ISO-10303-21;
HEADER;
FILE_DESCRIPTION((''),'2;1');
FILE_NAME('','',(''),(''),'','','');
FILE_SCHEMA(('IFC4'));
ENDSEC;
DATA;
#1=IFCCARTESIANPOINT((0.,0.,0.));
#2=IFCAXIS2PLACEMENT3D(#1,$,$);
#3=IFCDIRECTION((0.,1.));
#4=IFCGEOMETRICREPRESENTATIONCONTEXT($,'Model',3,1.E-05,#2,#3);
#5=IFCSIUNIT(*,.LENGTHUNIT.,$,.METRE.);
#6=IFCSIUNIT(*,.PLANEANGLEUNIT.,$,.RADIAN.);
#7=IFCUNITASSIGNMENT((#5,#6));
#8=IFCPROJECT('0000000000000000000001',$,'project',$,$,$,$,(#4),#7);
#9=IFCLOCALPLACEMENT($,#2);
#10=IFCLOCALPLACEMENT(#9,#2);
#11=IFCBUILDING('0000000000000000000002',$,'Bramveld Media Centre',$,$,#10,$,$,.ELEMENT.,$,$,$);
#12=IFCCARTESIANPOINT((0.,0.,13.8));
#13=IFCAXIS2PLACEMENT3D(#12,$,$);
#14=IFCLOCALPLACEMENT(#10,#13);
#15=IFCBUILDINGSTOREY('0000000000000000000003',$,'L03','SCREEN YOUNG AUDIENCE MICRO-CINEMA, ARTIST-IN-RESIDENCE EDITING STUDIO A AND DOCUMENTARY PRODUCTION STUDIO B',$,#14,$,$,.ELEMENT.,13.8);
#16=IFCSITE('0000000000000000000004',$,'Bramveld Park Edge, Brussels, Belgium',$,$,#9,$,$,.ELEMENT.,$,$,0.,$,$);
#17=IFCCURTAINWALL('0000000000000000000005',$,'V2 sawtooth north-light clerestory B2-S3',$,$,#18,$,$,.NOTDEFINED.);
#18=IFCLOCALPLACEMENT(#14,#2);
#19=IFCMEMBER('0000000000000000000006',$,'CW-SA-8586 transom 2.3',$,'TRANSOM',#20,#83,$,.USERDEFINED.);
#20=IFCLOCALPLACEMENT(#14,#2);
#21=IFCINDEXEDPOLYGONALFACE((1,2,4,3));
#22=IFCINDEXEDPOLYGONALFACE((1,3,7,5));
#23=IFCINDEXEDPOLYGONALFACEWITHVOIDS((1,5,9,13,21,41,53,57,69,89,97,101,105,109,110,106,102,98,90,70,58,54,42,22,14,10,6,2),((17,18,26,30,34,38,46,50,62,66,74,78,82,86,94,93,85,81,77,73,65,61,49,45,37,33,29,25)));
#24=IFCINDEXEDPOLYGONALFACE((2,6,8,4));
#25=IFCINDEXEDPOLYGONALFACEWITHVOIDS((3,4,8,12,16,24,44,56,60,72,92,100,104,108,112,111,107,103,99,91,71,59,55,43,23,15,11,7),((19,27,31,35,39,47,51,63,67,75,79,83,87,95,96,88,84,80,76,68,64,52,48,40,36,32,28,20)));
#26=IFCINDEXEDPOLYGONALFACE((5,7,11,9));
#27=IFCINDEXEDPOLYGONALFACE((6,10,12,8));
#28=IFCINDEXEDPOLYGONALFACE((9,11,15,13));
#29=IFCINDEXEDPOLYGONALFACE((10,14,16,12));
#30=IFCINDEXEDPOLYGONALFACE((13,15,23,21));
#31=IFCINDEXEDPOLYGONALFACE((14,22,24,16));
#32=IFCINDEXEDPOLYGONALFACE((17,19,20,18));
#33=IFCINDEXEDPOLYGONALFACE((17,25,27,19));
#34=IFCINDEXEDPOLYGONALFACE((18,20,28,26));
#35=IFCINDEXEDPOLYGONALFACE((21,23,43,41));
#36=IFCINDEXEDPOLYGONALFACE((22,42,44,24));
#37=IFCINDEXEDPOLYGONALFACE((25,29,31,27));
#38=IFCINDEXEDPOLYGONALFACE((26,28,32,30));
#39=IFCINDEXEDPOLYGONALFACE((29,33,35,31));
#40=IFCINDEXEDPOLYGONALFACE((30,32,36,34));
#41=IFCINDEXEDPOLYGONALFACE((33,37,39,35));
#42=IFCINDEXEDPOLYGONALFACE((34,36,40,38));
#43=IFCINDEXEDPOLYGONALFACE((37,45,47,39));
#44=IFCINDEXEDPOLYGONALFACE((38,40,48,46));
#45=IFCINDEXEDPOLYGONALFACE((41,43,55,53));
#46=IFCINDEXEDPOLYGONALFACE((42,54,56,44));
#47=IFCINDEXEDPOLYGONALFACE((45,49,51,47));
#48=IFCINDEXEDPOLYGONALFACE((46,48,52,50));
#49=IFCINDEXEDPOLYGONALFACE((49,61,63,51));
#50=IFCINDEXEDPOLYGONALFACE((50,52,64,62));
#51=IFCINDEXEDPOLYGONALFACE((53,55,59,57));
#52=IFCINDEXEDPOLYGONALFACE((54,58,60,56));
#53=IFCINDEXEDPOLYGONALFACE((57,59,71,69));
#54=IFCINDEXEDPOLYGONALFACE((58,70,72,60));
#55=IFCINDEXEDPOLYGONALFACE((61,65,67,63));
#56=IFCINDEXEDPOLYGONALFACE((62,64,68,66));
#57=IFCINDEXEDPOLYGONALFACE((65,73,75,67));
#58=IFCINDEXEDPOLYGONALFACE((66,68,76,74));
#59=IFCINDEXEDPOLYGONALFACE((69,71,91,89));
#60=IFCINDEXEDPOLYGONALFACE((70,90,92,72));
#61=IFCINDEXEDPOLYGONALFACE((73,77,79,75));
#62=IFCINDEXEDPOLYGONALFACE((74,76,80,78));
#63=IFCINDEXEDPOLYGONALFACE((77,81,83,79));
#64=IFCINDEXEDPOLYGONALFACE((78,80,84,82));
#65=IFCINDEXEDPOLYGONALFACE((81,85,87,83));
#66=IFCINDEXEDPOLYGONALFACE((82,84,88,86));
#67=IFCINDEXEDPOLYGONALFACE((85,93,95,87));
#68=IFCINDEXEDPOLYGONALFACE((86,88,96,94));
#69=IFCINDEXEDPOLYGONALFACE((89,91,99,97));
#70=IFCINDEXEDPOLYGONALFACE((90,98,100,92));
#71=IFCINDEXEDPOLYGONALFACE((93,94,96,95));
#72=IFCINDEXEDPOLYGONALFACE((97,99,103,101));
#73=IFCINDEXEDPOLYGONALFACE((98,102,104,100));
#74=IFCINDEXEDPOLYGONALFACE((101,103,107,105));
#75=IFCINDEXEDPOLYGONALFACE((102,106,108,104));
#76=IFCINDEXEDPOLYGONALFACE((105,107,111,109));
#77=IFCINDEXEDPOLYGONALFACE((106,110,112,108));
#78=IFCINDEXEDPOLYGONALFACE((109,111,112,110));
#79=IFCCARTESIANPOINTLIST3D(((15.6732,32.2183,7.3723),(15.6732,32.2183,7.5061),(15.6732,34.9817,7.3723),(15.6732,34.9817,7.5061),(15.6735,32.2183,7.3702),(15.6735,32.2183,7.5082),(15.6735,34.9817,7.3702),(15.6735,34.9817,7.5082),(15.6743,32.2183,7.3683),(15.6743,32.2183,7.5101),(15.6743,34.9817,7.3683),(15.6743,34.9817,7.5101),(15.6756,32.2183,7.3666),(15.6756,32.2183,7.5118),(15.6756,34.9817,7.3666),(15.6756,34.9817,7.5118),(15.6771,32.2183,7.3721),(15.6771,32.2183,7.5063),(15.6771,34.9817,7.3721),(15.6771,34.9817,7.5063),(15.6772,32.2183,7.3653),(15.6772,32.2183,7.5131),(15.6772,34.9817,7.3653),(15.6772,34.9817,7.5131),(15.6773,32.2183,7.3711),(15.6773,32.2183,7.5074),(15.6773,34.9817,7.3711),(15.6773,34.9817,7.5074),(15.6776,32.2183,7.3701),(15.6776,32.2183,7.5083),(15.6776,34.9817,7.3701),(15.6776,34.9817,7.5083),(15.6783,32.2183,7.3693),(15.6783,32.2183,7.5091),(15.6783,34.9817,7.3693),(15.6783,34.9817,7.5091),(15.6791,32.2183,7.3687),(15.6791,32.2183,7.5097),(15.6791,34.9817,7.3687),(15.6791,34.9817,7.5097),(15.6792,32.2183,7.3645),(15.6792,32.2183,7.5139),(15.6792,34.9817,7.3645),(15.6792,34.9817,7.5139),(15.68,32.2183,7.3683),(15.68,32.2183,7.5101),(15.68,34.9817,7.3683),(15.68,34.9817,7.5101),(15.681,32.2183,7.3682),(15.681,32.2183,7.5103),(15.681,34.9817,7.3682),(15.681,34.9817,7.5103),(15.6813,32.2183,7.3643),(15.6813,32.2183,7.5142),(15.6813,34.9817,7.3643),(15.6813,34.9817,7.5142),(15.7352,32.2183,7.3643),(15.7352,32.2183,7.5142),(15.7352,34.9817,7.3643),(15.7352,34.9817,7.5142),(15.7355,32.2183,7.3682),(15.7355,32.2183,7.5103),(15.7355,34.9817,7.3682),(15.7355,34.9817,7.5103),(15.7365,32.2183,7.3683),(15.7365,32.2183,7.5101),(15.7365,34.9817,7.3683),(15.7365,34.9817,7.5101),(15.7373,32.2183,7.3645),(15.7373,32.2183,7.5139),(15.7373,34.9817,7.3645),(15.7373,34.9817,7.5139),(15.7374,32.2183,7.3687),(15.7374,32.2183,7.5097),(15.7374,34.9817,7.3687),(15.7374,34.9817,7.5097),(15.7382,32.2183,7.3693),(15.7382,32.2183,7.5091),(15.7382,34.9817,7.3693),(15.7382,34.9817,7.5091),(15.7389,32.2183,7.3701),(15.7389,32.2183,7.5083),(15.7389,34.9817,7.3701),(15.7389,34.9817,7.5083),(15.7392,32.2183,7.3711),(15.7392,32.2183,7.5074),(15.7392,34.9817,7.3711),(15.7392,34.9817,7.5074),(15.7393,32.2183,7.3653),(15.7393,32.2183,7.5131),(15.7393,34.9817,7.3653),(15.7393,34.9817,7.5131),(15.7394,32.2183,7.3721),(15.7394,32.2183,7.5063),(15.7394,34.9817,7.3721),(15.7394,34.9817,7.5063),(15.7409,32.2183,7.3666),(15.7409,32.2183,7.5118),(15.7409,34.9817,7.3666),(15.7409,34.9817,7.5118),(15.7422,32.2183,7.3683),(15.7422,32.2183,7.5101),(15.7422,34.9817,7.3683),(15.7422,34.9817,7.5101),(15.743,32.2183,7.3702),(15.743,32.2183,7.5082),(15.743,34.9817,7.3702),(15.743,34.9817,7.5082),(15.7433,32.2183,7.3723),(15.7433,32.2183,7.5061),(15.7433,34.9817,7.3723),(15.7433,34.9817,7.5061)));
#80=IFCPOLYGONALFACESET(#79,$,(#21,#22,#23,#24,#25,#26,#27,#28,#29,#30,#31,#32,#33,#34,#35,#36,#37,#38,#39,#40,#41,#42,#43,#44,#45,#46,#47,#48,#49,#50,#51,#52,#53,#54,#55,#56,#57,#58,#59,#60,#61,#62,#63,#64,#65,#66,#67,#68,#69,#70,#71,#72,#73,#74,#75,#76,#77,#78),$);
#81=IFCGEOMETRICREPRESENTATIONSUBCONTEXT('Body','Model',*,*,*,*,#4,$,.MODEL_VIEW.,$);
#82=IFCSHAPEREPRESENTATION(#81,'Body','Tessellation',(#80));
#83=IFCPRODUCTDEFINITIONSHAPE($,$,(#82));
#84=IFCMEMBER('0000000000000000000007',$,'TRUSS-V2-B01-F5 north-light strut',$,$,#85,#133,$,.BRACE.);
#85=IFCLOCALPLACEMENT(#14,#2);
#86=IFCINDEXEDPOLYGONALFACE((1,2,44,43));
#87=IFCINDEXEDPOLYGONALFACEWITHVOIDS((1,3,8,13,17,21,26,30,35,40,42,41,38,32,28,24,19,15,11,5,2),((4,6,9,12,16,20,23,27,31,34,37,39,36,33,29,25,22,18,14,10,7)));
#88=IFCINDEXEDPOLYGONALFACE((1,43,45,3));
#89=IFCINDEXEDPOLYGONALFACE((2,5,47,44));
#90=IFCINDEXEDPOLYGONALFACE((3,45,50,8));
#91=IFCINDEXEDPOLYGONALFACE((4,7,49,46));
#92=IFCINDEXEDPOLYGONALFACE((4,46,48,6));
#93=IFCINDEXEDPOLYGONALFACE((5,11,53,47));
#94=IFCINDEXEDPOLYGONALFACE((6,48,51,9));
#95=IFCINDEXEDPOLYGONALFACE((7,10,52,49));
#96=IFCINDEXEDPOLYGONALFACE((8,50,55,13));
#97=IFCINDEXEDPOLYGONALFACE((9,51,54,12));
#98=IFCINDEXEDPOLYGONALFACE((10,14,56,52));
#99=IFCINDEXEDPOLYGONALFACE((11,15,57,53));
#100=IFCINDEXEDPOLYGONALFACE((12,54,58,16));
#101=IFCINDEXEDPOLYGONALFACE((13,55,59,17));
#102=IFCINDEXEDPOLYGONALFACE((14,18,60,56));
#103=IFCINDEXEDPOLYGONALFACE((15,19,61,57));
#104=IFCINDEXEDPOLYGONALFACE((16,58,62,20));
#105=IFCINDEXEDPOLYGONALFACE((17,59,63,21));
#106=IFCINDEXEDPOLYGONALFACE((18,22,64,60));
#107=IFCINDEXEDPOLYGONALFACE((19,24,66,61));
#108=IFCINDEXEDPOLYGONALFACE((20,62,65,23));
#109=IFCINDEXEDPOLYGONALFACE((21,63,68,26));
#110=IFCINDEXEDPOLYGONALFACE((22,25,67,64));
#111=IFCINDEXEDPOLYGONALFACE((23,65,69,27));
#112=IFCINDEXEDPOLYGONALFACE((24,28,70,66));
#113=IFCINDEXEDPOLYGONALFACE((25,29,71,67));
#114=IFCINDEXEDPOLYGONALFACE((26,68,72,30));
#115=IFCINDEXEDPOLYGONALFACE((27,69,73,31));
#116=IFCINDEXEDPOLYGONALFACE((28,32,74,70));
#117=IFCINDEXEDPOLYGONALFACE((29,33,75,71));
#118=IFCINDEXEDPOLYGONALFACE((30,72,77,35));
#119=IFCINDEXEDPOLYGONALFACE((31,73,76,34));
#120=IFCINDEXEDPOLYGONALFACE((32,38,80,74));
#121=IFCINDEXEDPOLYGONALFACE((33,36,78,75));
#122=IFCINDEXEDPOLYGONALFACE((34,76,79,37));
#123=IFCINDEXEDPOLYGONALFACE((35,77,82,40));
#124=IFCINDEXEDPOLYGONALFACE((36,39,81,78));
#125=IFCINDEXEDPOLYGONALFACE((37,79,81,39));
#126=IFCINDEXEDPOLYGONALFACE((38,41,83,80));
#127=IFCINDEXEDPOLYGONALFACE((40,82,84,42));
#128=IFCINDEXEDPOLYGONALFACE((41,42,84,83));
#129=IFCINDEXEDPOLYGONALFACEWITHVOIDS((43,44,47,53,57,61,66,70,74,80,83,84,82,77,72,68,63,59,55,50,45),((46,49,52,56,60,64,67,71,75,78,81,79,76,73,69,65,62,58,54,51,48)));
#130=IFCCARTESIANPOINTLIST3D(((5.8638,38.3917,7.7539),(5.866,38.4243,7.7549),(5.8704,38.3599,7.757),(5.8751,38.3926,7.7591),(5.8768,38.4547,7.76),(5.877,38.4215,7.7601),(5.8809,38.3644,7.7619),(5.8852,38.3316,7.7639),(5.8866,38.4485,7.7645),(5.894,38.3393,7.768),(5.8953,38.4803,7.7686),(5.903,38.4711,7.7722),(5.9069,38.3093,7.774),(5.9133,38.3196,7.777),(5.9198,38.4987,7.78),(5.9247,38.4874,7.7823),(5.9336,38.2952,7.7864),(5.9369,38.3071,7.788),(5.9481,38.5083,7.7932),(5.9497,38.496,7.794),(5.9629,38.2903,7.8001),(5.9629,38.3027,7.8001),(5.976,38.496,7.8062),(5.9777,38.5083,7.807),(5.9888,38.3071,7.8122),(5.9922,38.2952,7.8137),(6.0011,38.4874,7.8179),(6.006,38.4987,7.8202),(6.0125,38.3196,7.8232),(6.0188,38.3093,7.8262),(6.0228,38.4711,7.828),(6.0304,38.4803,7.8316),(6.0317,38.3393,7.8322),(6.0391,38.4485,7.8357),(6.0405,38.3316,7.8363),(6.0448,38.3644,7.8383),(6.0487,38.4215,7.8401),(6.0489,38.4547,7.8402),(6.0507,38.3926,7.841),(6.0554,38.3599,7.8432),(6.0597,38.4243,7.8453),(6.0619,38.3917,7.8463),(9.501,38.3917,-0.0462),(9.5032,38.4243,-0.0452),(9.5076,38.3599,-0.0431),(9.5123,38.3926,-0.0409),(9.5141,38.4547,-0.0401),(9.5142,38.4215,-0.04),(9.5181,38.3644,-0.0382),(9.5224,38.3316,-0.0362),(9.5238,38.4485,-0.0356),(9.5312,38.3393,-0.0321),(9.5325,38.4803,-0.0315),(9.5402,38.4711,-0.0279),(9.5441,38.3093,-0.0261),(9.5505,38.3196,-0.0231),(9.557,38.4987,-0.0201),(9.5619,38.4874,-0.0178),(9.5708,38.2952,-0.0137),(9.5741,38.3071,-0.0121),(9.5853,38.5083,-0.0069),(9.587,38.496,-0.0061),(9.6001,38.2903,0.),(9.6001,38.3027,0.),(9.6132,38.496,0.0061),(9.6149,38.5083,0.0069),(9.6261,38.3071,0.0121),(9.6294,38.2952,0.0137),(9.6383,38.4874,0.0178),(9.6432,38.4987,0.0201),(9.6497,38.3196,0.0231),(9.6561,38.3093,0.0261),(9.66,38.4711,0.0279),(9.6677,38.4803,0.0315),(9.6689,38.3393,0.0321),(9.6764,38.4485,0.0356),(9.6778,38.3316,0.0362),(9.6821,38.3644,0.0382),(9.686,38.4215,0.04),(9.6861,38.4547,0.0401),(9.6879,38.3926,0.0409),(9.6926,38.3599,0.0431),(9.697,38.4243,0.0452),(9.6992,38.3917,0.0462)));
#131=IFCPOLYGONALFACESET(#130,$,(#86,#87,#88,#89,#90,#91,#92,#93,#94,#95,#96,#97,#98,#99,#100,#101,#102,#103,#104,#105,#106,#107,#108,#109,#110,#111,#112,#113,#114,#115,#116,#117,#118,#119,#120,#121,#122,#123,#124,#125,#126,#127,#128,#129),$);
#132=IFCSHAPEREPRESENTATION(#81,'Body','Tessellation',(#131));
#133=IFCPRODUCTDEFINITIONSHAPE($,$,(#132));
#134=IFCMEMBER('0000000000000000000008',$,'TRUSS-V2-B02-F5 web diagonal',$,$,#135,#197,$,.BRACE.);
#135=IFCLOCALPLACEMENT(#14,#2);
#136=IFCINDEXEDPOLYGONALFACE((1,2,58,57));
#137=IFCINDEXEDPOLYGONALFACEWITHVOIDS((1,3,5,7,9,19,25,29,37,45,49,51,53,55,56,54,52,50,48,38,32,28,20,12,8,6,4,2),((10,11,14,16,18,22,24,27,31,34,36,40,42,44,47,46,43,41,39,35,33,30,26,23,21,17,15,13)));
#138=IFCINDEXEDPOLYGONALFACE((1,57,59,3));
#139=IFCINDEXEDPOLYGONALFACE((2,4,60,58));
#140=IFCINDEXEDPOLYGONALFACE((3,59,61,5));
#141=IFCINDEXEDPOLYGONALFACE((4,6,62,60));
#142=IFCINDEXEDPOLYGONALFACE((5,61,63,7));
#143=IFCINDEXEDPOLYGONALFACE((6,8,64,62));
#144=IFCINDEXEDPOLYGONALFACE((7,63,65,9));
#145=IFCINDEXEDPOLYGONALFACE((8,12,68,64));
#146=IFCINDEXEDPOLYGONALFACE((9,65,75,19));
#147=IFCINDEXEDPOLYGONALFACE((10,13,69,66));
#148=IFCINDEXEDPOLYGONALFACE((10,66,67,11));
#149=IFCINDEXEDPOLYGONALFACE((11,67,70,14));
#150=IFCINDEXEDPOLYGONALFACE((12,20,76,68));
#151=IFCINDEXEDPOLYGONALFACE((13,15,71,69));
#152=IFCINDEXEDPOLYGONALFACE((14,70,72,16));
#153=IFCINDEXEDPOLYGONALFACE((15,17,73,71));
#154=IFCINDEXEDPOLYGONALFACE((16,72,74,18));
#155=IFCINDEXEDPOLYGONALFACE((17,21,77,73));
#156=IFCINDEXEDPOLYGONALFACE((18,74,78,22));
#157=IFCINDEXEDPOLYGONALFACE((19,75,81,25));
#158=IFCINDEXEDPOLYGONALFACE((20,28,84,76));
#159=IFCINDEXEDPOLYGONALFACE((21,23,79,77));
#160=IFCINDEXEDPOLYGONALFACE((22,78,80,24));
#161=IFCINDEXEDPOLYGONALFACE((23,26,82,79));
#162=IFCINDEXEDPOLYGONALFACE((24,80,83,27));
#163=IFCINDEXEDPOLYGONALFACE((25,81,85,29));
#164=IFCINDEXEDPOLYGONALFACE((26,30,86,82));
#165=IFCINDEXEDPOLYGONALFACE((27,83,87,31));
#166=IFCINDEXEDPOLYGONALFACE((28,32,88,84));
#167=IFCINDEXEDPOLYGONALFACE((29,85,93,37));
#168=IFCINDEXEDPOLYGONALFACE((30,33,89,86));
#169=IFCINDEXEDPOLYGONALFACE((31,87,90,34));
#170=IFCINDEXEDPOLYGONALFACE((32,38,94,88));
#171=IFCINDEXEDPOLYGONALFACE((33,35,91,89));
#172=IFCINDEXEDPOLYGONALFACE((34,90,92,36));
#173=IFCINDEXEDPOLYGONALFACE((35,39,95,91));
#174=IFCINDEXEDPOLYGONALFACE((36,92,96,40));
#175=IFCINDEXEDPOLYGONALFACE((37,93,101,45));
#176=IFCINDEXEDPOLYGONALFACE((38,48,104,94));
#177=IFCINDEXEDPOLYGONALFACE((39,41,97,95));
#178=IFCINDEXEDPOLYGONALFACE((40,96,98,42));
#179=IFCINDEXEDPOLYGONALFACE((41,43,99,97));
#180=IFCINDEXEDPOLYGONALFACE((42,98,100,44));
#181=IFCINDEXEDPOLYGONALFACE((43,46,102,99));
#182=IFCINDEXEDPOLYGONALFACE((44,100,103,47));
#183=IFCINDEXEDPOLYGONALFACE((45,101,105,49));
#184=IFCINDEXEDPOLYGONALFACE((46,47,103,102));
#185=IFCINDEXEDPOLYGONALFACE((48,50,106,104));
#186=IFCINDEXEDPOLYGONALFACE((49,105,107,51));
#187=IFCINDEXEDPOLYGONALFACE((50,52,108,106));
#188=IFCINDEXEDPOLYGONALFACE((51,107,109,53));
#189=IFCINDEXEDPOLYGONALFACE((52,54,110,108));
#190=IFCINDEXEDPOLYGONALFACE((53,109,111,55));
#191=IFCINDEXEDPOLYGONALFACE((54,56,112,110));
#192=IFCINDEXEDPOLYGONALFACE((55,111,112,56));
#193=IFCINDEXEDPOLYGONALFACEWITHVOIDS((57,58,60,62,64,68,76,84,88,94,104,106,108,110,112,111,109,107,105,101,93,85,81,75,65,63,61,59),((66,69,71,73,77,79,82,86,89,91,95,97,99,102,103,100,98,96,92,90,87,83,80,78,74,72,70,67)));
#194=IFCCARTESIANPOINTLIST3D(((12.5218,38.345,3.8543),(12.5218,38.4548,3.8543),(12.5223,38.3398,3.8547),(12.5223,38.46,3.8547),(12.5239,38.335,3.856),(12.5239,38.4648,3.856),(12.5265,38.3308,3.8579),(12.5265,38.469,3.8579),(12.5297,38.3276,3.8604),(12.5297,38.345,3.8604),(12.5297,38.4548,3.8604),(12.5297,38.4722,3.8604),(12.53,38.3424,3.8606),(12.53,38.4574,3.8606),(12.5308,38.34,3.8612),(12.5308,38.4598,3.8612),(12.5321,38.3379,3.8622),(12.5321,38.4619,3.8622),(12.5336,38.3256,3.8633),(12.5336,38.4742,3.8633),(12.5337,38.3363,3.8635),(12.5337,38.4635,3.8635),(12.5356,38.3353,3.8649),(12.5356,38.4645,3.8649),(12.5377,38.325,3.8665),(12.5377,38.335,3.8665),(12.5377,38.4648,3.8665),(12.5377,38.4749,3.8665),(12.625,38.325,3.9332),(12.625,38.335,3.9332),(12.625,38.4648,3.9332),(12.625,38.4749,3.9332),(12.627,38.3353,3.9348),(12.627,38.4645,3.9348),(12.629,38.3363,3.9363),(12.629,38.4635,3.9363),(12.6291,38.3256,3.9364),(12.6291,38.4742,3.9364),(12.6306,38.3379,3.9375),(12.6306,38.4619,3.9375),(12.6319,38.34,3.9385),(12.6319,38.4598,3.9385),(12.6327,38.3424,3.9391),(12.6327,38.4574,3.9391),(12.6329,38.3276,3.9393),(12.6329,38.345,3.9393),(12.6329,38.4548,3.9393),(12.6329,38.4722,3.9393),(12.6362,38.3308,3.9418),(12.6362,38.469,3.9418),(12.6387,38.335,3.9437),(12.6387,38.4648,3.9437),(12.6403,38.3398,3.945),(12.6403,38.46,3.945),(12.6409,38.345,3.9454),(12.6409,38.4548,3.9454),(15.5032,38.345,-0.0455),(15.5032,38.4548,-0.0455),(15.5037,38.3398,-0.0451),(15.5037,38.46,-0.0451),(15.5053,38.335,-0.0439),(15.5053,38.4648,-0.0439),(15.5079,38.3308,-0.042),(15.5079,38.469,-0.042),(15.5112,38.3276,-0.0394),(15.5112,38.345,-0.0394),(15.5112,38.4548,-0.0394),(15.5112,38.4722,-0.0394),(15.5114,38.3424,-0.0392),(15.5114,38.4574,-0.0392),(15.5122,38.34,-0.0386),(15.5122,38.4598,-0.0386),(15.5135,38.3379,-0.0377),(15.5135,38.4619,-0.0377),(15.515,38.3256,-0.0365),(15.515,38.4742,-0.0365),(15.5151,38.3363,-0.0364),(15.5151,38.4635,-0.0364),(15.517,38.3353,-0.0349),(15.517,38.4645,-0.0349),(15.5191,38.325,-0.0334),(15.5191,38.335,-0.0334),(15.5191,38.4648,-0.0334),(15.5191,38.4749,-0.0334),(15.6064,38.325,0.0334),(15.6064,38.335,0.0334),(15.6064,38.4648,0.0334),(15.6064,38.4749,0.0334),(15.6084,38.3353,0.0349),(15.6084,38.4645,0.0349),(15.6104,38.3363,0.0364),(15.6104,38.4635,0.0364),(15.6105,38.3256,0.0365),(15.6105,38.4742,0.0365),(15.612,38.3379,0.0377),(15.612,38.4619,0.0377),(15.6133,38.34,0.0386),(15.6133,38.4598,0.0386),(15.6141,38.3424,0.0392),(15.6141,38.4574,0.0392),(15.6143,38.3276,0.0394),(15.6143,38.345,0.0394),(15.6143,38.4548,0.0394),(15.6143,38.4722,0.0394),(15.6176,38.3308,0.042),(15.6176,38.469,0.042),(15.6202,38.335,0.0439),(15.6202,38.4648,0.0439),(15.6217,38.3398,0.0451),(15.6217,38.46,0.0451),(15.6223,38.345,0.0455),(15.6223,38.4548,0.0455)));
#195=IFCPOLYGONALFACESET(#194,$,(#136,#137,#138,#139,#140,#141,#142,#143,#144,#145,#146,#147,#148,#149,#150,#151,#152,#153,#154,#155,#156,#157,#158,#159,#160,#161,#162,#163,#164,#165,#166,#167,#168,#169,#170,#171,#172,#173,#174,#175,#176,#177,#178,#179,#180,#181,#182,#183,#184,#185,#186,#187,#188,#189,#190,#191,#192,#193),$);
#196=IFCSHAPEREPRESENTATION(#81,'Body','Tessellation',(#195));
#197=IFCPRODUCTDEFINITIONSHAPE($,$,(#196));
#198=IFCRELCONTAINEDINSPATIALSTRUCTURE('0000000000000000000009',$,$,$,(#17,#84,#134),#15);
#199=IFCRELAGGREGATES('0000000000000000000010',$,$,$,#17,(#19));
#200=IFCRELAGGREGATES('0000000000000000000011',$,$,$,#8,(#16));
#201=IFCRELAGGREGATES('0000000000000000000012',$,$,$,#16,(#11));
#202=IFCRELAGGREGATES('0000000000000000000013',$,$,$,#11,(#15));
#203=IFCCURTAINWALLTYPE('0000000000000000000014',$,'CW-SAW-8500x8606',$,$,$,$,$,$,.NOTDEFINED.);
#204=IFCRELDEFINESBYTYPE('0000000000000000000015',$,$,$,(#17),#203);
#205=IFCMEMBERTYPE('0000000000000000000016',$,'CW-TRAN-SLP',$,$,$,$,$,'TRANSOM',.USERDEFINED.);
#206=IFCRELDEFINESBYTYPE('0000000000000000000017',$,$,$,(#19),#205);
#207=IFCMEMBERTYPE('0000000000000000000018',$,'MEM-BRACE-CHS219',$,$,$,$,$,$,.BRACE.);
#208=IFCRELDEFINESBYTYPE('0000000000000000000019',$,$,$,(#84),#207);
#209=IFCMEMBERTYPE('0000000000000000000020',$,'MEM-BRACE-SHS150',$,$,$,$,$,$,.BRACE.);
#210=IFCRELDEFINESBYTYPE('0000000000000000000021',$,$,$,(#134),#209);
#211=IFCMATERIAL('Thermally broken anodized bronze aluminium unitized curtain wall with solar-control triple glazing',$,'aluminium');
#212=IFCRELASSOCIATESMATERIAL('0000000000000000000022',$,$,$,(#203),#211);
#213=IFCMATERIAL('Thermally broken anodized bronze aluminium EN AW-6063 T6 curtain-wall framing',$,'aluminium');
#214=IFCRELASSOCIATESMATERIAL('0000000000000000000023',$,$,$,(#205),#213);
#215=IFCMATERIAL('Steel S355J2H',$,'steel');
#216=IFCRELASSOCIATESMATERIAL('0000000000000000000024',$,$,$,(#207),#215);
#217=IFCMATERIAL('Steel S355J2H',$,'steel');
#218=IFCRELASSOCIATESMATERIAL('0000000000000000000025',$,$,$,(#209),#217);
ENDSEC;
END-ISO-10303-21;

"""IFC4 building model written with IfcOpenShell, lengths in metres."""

from ifc_helpers import new_model, si_unit, direction, frame, origin, origin_2d, place, context, subcontext, project, spatial, hollow_rectangle, hollow_circle, extrude, material, material_profile, profile_set, type_object, element, aggregate, save


model = new_model("IFC4")

# Units and contexts
model_context = context("Model", 3, precision=1e-05, world=origin(), true_north=direction((0.0, 1.0)))
body_context = subcontext(model_context, "Body", "Model", "MODEL_VIEW")
ifc_project = project(units=[si_unit("LENGTHUNIT", "METRE"), si_unit("PLANEANGLEUNIT", "RADIAN")], contexts=[model_context])

# Site, building, storey
site_placement = place(None, origin())
site = spatial("IfcSite", under=ifc_project, at=site_placement, Name="Bramveld Park Edge, Brussels, Belgium", CompositionType="ELEMENT", RefElevation=0.0)
building_placement = place(site_placement, origin())
building = spatial("IfcBuilding", under=site, at=building_placement, Name="Bramveld Media Centre", CompositionType="ELEMENT")
storey_placement = place(building_placement, frame((0.0, 0.0, 13.8)))
storey = spatial("IfcBuildingStorey", under=building, at=storey_placement, Name="L03", Description="SCREEN YOUNG AUDIENCE MICRO-CINEMA, ARTIST-IN-RESIDENCE EDITING STUDIO A AND DOCUMENTARY PRODUCTION STUDIO B", CompositionType="ELEMENT", Elevation=13.8)

# Curtain wall, member
ifc_material_1 = material(Name="Thermally broken anodized bronze aluminium unitized curtain wall with solar-control triple glazing", Category="aluminium")
curtain_wall_type = type_object("IfcCurtainWallType", Name="CW-SAW-8500x8606", PredefinedType="NOTDEFINED", material=ifc_material_1)
ifc_material_2 = material(Name="Thermally broken anodized bronze aluminium EN AW-6063 T6 curtain-wall framing", Category="aluminium")
ifc_material_profile_1 = material_profile(ifc_material_2, hollow_rectangle(XDim=0.0701, YDim=0.1499, WallThickness=0.0039, InnerFilletRadius=0.0039, OuterFilletRadius=0.0081, at=origin_2d()), Name="AL-TRAN 70x150")
ifc_profile_set_1 = profile_set([ifc_material_profile_1], Name="Thermally broken anodized bronze aluminium EN AW-6063 T6 curtain-wall framing")
member_type_1 = type_object("IfcMemberType", Name="CW-TRAN-SLP", ElementType="TRANSOM", PredefinedType="USERDEFINED", material=ifc_profile_set_1)
curtain_wall_1_placement = place(storey_placement, origin())
curtain_wall_1 = element("IfcCurtainWall", 1, at=curtain_wall_1_placement, inside=storey, type_object=curtain_wall_type, Name="V2 sawtooth north-light clerestory B2-S3", PredefinedType="NOTDEFINED")
member_1_placement = place(storey_placement, frame((15.7083, 32.2183, 7.4392), z_axis=(0.0, 1.0, 0.0), x_axis=(-1.0, 0.0, 0.0)))
member_1 = element("IfcMember", 2, at=member_1_placement, type_object=member_type_1, Name="CW-SA-8586 transom 2.3", ObjectType="TRANSOM", PredefinedType="USERDEFINED", context=body_context, shape_type="SweptSolid", body=[
    extrude(hollow_rectangle(XDim=0.0701, YDim=0.1499, WallThickness=0.0039, InnerFilletRadius=0.0039, OuterFilletRadius=0.0081, at=origin_2d()), origin(), (0.0, 0.0, 1.0), 2.7634),
])
aggregate(curtain_wall_1, [member_1])

# Members
ifc_material_3 = material(Name="Steel S355J2H", Category="steel")
ifc_material_profile_2 = material_profile(ifc_material_3, hollow_circle(Radius=0.1096, WallThickness=0.0125, at=origin_2d()), Name="CHS 219.1x12.5")
ifc_profile_set_2 = profile_set([ifc_material_profile_2], Name="Steel S355J2H")
member_type_2 = type_object("IfcMemberType", Name="MEM-BRACE-CHS219", PredefinedType="BRACE", material=ifc_profile_set_2)
member_2_placement = place(storey_placement, frame((9.6001, 38.3999, 0.0), z_axis=(-0.422617, 0.0, 0.906308), x_axis=(0.0, -1.0, 0.0)))
element("IfcMember", 3, at=member_2_placement, inside=storey, type_object=member_type_2, Name="TRUSS-V2-B01-F5 north-light strut", PredefinedType="BRACE", context=body_context, shape_type="SweptSolid", body=[
    extrude(hollow_circle(Radius=0.1096, WallThickness=0.0125, at=origin_2d()), origin(), (0.0, 0.0, 1.0), 8.6064),
])
ifc_material_4 = material(Name="Steel S355J2H", Category="steel")
ifc_material_profile_3 = material_profile(ifc_material_4, hollow_rectangle(XDim=0.1499, YDim=0.1499, WallThickness=0.01, InnerFilletRadius=0.01, OuterFilletRadius=0.02, at=origin_2d()), Name="SHS 150x150x10")
ifc_profile_set_3 = profile_set([ifc_material_profile_3], Name="Steel S355J2H")
member_type_3 = type_object("IfcMemberType", Name="MEM-BRACE-SHS150", PredefinedType="BRACE", material=ifc_profile_set_3)
member_3_placement = place(storey_placement, frame((15.5627, 38.3999, 0.0), z_axis=(-0.607343, 0.0, 0.79444), x_axis=(0.0, -1.0, 0.0)))
element("IfcMember", 4, at=member_3_placement, inside=storey, type_object=member_type_3, Name="TRUSS-V2-B02-F5 web diagonal", PredefinedType="BRACE", context=body_context, shape_type="SweptSolid", body=[
    extrude(hollow_rectangle(XDim=0.1499, YDim=0.1499, WallThickness=0.01, InnerFilletRadius=0.01, OuterFilletRadius=0.02, at=origin_2d()), origin(), (0.0, 0.0, 1.0), 4.9089),
])

save(model, "model.ifc")
